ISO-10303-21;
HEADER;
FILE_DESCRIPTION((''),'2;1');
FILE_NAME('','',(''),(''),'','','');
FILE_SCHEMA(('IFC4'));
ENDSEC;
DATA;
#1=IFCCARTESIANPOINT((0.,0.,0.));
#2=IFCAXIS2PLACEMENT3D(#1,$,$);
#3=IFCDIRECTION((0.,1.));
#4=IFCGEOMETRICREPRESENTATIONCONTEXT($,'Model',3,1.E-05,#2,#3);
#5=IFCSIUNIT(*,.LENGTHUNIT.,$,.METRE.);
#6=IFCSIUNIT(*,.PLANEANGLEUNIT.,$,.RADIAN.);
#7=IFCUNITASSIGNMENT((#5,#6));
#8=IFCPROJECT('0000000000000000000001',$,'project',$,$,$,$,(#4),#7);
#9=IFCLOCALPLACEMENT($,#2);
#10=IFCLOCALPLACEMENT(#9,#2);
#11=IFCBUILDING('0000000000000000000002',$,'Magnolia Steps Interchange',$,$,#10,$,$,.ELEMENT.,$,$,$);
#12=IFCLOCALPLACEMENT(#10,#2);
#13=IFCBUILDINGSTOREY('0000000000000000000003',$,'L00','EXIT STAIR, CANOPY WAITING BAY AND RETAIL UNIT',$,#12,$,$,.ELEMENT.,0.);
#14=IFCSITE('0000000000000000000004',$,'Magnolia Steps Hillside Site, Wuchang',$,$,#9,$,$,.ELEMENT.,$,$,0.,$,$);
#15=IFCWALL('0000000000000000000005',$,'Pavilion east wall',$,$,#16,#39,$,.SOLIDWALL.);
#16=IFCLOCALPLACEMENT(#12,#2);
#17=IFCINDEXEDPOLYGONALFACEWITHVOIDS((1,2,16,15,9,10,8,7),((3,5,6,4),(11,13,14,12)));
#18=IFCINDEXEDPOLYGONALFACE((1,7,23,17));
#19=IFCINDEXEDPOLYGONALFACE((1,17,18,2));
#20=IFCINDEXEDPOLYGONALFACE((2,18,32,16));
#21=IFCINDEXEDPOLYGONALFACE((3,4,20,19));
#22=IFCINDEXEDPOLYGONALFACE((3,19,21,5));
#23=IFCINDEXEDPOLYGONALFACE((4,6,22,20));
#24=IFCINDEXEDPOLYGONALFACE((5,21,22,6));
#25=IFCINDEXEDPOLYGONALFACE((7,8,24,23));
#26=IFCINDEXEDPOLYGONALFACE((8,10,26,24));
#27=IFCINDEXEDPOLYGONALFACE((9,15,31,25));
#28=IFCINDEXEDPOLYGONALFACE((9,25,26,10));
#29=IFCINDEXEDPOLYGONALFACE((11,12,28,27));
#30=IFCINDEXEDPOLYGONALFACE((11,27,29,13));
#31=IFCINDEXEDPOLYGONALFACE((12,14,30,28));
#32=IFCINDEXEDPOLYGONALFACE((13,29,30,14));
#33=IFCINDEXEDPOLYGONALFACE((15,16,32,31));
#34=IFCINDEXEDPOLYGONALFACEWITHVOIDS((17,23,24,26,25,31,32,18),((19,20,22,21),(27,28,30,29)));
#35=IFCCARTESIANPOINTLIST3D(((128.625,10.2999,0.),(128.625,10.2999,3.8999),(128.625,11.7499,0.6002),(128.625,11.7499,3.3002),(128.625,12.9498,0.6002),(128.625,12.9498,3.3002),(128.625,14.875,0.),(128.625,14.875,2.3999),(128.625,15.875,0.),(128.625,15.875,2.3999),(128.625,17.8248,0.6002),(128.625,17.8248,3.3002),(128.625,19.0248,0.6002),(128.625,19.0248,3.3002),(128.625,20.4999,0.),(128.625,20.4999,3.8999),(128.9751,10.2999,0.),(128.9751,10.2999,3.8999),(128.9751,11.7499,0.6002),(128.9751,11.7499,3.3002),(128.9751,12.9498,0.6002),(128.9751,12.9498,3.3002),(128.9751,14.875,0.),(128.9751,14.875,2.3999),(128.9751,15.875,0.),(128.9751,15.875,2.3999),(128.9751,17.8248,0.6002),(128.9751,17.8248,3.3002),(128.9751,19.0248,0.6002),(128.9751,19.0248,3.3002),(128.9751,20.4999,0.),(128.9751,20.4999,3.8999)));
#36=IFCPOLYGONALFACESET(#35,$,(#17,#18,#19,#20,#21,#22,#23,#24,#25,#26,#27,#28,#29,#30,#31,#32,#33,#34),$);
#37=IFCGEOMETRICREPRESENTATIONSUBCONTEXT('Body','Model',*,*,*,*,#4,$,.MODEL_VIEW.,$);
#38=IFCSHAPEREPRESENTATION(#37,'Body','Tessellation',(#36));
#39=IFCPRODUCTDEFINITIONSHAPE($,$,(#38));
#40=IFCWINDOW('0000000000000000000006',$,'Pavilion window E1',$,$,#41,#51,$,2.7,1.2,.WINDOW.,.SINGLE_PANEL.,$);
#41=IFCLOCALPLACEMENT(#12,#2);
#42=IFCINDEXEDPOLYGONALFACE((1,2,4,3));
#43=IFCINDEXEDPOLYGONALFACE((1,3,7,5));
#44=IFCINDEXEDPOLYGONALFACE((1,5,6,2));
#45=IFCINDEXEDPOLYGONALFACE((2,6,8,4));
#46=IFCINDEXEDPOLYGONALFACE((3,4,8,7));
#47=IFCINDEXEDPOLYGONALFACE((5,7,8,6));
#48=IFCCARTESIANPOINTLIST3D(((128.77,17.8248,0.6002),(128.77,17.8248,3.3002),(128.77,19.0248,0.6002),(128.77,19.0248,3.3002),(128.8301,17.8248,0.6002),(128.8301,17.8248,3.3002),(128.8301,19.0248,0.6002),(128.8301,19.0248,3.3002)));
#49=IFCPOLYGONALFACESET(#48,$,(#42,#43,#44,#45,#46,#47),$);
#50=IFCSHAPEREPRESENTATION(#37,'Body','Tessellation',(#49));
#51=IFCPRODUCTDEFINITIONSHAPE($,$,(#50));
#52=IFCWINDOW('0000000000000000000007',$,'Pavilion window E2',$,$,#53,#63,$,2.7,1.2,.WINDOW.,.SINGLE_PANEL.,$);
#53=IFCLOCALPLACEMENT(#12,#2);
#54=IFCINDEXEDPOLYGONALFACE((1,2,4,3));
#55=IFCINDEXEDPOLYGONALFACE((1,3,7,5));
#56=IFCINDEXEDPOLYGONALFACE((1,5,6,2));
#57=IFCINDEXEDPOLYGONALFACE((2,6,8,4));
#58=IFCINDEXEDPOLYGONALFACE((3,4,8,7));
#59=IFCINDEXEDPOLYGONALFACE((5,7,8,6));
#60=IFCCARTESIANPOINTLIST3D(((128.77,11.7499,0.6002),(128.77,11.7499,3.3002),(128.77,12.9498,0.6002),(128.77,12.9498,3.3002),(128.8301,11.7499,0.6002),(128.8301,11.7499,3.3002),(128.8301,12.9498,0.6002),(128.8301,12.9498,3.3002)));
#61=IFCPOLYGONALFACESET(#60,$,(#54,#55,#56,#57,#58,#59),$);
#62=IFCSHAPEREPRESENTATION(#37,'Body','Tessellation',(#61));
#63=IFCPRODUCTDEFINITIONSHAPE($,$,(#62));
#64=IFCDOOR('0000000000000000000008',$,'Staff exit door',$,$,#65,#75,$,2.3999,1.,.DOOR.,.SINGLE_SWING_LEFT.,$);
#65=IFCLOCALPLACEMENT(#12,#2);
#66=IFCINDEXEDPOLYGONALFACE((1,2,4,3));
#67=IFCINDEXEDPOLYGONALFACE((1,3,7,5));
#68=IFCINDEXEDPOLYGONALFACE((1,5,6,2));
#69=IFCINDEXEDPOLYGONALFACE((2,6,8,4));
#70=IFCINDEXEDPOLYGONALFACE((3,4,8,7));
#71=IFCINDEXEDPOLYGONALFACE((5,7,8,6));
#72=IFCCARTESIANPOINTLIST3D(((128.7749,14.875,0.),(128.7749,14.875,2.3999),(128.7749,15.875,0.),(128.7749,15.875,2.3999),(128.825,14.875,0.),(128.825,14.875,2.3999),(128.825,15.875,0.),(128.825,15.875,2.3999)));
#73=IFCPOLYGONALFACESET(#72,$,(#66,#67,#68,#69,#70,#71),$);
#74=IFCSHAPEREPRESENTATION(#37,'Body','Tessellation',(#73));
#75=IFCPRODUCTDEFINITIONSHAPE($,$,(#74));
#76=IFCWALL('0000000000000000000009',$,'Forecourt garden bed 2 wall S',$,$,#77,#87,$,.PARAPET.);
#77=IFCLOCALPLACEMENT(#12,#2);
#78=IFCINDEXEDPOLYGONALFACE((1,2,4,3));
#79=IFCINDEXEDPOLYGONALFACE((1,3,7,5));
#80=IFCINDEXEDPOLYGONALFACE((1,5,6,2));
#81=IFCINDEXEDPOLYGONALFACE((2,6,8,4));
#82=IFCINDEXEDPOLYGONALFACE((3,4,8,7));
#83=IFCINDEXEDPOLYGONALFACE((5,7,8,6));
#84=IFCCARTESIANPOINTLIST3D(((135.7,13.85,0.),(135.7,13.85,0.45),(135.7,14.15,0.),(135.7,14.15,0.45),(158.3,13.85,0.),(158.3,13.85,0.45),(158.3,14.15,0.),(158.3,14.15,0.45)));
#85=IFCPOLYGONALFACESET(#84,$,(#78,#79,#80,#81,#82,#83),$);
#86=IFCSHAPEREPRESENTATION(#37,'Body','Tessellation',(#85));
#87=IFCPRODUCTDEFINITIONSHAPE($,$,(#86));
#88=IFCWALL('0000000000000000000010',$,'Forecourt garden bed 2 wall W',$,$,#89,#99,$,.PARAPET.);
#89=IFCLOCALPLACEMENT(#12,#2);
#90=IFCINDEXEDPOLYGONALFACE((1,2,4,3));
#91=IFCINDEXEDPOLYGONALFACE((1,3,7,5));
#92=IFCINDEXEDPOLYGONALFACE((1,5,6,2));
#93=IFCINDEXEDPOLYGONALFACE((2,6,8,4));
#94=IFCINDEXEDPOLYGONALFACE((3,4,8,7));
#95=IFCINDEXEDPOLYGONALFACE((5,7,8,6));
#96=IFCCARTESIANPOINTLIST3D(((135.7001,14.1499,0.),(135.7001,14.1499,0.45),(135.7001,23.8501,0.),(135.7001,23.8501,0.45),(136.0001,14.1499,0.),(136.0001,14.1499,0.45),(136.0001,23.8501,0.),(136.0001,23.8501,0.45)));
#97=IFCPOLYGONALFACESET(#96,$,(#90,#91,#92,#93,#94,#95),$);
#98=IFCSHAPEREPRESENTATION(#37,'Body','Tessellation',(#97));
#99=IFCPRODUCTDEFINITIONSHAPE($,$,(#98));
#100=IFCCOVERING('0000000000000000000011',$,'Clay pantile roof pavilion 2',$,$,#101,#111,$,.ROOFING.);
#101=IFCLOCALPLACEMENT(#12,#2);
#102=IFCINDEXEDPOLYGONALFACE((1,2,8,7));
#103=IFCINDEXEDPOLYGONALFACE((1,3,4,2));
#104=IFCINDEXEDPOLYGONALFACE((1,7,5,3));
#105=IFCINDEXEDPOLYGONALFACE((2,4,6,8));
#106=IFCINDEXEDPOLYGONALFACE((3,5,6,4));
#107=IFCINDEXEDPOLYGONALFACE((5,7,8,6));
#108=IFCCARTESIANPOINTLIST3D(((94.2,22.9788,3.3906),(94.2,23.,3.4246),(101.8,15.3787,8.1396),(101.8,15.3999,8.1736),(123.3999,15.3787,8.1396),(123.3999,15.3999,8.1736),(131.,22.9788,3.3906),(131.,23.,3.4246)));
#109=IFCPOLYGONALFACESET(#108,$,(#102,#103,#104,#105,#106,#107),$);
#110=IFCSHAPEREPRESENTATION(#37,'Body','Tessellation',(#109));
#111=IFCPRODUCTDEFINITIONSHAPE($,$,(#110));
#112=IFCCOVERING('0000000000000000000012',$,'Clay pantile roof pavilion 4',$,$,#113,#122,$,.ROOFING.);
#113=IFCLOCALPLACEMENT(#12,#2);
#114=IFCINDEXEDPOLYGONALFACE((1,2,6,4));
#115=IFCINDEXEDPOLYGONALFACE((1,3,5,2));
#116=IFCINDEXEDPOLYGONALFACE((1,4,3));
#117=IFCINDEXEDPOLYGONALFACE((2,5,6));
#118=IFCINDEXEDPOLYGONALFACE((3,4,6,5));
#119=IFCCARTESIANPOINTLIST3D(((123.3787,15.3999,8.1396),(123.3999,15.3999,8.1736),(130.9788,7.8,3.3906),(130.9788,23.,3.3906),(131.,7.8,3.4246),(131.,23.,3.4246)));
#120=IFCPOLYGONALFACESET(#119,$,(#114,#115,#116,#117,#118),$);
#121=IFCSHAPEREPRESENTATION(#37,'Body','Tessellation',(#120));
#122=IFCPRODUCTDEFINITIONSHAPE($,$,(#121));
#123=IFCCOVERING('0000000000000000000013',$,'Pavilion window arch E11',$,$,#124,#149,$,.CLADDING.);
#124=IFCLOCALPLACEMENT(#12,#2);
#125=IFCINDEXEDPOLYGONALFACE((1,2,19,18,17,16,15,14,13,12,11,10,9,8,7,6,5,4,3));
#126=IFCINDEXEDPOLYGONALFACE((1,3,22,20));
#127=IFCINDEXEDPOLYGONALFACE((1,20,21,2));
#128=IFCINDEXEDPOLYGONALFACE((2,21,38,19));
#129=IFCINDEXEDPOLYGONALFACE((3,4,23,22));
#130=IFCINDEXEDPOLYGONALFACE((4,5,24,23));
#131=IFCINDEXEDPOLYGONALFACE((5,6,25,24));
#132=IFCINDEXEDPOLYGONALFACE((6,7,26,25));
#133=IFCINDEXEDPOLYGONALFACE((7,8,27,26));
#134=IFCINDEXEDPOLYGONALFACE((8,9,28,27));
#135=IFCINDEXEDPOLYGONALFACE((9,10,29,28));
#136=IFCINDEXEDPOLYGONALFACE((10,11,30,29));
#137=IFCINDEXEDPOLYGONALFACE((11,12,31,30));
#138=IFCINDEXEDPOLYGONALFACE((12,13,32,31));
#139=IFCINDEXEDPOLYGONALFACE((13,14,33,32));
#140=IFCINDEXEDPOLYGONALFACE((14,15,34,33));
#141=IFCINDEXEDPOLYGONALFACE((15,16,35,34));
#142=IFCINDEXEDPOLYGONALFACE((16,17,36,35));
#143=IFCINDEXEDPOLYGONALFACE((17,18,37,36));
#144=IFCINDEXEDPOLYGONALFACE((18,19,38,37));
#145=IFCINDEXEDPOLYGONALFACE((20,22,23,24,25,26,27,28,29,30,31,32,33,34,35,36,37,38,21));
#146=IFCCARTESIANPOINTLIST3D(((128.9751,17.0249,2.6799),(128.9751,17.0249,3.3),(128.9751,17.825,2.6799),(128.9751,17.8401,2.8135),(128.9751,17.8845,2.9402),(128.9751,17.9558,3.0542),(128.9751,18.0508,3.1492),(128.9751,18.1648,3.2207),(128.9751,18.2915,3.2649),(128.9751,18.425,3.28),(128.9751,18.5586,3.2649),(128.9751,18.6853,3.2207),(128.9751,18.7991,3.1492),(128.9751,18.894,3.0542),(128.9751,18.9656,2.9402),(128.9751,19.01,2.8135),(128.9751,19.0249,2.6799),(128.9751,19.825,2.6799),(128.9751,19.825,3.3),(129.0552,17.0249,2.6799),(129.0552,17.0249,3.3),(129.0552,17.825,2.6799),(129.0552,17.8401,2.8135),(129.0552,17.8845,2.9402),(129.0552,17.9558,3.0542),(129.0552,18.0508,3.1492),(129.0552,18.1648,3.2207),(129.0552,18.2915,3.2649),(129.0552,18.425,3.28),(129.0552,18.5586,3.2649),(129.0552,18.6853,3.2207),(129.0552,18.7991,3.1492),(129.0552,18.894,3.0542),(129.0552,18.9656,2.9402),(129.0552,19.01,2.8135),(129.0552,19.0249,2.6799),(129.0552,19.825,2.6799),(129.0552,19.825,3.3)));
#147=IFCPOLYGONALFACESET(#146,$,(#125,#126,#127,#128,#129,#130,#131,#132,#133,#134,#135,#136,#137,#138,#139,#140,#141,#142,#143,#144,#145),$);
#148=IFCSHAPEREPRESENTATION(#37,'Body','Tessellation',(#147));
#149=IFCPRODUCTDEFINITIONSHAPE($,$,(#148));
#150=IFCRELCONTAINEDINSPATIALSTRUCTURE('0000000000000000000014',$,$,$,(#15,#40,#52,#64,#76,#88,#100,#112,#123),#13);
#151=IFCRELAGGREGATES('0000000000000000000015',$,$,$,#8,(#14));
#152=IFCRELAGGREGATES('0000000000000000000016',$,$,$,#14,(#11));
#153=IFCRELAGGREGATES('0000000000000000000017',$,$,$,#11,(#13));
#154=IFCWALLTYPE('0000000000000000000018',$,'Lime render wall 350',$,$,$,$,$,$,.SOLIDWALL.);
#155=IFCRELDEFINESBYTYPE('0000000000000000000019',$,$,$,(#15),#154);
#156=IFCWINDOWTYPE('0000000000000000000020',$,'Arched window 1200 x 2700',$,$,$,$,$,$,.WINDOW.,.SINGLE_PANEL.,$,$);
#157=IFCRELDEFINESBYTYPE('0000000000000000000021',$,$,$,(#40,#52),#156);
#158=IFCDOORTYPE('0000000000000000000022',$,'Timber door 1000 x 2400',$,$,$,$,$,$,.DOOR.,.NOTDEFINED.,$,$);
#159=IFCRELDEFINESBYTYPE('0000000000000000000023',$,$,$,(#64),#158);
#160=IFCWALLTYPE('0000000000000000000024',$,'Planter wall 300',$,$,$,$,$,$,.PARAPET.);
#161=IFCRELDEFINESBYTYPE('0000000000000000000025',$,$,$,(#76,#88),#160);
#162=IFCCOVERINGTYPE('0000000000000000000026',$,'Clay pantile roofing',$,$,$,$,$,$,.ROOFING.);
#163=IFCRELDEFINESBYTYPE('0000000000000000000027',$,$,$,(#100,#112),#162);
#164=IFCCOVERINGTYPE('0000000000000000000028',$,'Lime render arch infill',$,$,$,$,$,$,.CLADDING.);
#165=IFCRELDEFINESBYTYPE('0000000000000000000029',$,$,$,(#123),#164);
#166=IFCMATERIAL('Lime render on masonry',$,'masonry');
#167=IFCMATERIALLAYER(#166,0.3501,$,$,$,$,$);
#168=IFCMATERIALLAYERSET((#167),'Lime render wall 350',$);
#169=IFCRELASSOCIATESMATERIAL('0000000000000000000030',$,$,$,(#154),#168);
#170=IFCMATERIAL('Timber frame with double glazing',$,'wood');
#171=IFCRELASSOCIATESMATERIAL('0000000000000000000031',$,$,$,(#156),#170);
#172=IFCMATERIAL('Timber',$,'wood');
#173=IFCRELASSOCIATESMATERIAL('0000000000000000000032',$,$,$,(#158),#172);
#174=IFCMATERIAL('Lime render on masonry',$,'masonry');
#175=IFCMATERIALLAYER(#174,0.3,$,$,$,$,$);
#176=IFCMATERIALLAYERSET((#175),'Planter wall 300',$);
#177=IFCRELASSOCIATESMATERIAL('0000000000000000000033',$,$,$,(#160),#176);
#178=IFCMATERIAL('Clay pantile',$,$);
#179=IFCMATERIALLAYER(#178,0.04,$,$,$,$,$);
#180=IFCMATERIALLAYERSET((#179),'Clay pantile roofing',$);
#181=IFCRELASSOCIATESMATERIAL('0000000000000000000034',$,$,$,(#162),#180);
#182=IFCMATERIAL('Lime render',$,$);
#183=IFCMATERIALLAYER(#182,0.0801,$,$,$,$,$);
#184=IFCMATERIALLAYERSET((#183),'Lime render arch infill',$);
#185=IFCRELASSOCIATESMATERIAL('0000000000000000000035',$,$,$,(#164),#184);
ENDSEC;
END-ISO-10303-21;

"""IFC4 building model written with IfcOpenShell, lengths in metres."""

from ifc_helpers import new_model, si_unit, direction, frame, frame_2d, origin, place, context, subcontext, project, spatial, polyline, rectangle, outline, extrude, material, layer, layer_set, type_object, element, fill, save


model = new_model("IFC4")

# Units and contexts
model_context = context("Model", 3, precision=1e-05, world=origin(), true_north=direction((0.0, 1.0)))
body_context = subcontext(model_context, "Body", "Model", "MODEL_VIEW")
ifc_project = project(units=[si_unit("LENGTHUNIT", "METRE"), si_unit("PLANEANGLEUNIT", "RADIAN")], contexts=[model_context])

# Site, building, storey
site_placement = place(None, origin())
site = spatial("IfcSite", under=ifc_project, at=site_placement, Name="Magnolia Steps Hillside Site, Wuchang", CompositionType="ELEMENT", RefElevation=0.0)
building_placement = place(site_placement, origin())
building = spatial("IfcBuilding", under=site, at=building_placement, Name="Magnolia Steps Interchange", CompositionType="ELEMENT")
storey_placement = place(building_placement, origin())
storey = spatial("IfcBuildingStorey", under=building, at=storey_placement, Name="L00", Description="EXIT STAIR, CANOPY WAITING BAY AND RETAIL UNIT", CompositionType="ELEMENT", Elevation=0.0)

# Wall, openings, windows, door
ifc_material_1 = material(Name="Lime render on masonry", Category="masonry")
ifc_layer_1 = layer(ifc_material_1, 0.3501)
ifc_layer_set_1 = layer_set([ifc_layer_1], Name="Lime render wall 350")
wall_type_1 = type_object("IfcWallType", Name="Lime render wall 350", PredefinedType="SOLIDWALL", material=ifc_layer_set_1)
wall_1_placement = place(storey_placement, frame((128.8, 20.5, 0.0), z_axis=(0.0, 0.0, 1.0), x_axis=(0.0, -1.0, 0.0)))
wall_1 = element("IfcWall", 1, at=wall_1_placement, inside=storey, type_object=wall_type_1, Name="Pavilion east wall", PredefinedType="SOLIDWALL", context=body_context, shape_type="SweptSolid", body=[
    extrude(rectangle(XDim=10.2, YDim=0.3501, at=frame_2d((5.1001, 0.0))), origin(), (0.0, 0.0, 1.0), 3.8999),
])
opening_1_placement = place(wall_1_placement, frame((1.4751, 0.0, 0.6001)))
opening_1 = element("IfcOpeningElement", 2, at=opening_1_placement, cuts=wall_1, PredefinedType="OPENING", context=body_context, shape_type="SweptSolid", body=[
    extrude(rectangle(XDim=1.2, YDim=2.7, at=frame_2d((0.6001, 1.3501))), frame((0.0, 0.1851, 0.0), z_axis=(0.0, -1.0, 0.0), x_axis=(1.0, 0.0, 0.0)), (0.0, 0.0, 1.0), 0.3701),
])
opening_2_placement = place(wall_1_placement, frame((4.625, 0.0, 0.0)))
opening_2 = element("IfcOpeningElement", 3, at=opening_2_placement, cuts=wall_1, PredefinedType="OPENING", context=body_context, shape_type="SweptSolid", body=[
    extrude(rectangle(XDim=1.0, YDim=2.3999, at=frame_2d((0.5, 1.2))), frame((0.0, 0.1851, 0.0), z_axis=(0.0, -1.0, 0.0), x_axis=(1.0, 0.0, 0.0)), (0.0, 0.0, 1.0), 0.3701),
])
opening_3_placement = place(wall_1_placement, frame((7.55, 0.0, 0.6001)))
opening_3 = element("IfcOpeningElement", 4, at=opening_3_placement, cuts=wall_1, PredefinedType="OPENING", context=body_context, shape_type="SweptSolid", body=[
    extrude(rectangle(XDim=1.2, YDim=2.7, at=frame_2d((0.6001, 1.3501))), frame((0.0, 0.1851, 0.0), z_axis=(0.0, -1.0, 0.0), x_axis=(1.0, 0.0, 0.0)), (0.0, 0.0, 1.0), 0.3701),
])
ifc_material_2 = material(Name="Timber frame with double glazing", Category="wood")
window_type = type_object("IfcWindowType", Name="Arched window 1200 x 2700", PartitioningType="SINGLE_PANEL", PredefinedType="WINDOW", material=ifc_material_2)
window_1_placement = place(opening_1_placement, origin())
window_1 = element("IfcWindow", 5, at=window_1_placement, inside=storey, type_object=window_type, Name="Pavilion window E1", OverallHeight=2.7, OverallWidth=1.2, PartitioningType="SINGLE_PANEL", PredefinedType="WINDOW", context=body_context, shape_type="SweptSolid", body=[
    extrude(rectangle(XDim=1.2, YDim=2.7, at=frame_2d((0.6001, 1.3501))), frame((0.0, 0.03, 0.0), z_axis=(0.0, -1.0, 0.0), x_axis=(1.0, 0.0, 0.0)), (0.0, 0.0, 1.0), 0.0601),
])
fill(opening_1, window_1)
window_2_placement = place(opening_3_placement, origin())
window_2 = element("IfcWindow", 6, at=window_2_placement, inside=storey, type_object=window_type, Name="Pavilion window E2", OverallHeight=2.7, OverallWidth=1.2, PartitioningType="SINGLE_PANEL", PredefinedType="WINDOW", context=body_context, shape_type="SweptSolid", body=[
    extrude(rectangle(XDim=1.2, YDim=2.7, at=frame_2d((0.6001, 1.3501))), frame((0.0, 0.03, 0.0), z_axis=(0.0, -1.0, 0.0), x_axis=(1.0, 0.0, 0.0)), (0.0, 0.0, 1.0), 0.0601),
])
fill(opening_3, window_2)
ifc_material_3 = material(Name="Timber", Category="wood")
door_type_1 = type_object("IfcDoorType", Name="Timber door 1000 x 2400", OperationType="NOTDEFINED", PredefinedType="DOOR", material=ifc_material_3)
door_1_placement = place(opening_2_placement, origin())
door_1 = element("IfcDoor", 7, at=door_1_placement, inside=storey, type_object=door_type_1, Name="Staff exit door", OperationType="SINGLE_SWING_LEFT", OverallHeight=2.3999, OverallWidth=1.0, PredefinedType="DOOR", context=body_context, shape_type="SweptSolid", body=[
    extrude(rectangle(XDim=1.0, YDim=2.3999, at=frame_2d((0.5, 1.2))), frame((0.0, 0.0249, 0.0), z_axis=(0.0, -1.0, 0.0), x_axis=(1.0, 0.0, 0.0)), (0.0, 0.0, 1.0), 0.05),
])
fill(opening_2, door_1)

# Walls
ifc_material_4 = material(Name="Lime render on masonry", Category="masonry")
ifc_layer_2 = layer(ifc_material_4, 0.3)
ifc_layer_set_2 = layer_set([ifc_layer_2], Name="Planter wall 300")
wall_type_2 = type_object("IfcWallType", Name="Planter wall 300", PredefinedType="PARAPET", material=ifc_layer_set_2)
wall_2_placement = place(storey_placement, frame((135.7, 14.0, 0.0), z_axis=(0.0, 0.0, 1.0), x_axis=(1.0, 0.0, 0.0)))
element("IfcWall", 8, at=wall_2_placement, inside=storey, type_object=wall_type_2, Name="Forecourt garden bed 2 wall S", PredefinedType="PARAPET", context=body_context, shape_type="SweptSolid", body=[
    extrude(rectangle(XDim=22.6001, YDim=0.3, at=frame_2d((11.3, 0.0))), origin(), (0.0, 0.0, 1.0), 0.45),
])
wall_3_placement = place(storey_placement, frame((135.8501, 23.8501, 0.0), z_axis=(0.0, 0.0, 1.0), x_axis=(0.0, -1.0, 0.0)))
element("IfcWall", 9, at=wall_3_placement, inside=storey, type_object=wall_type_2, Name="Forecourt garden bed 2 wall W", PredefinedType="PARAPET", context=body_context, shape_type="SweptSolid", body=[
    extrude(rectangle(XDim=9.7002, YDim=0.3, at=frame_2d((4.8501, 0.0))), origin(), (0.0, 0.0, 1.0), 0.45),
])

# Coverings
ifc_material_5 = material(Name="Clay pantile")
ifc_layer_3 = layer(ifc_material_5, 0.04)
ifc_layer_set_3 = layer_set([ifc_layer_3], Name="Clay pantile roofing")
covering_type_1 = type_object("IfcCoveringType", Name="Clay pantile roofing", PredefinedType="ROOFING", material=ifc_layer_set_3)
covering_1_placement = place(storey_placement, frame((131.0, 23.0, 3.4246), z_axis=(0.0, 0.529916, 0.84805), x_axis=(-1.0, 0.0, 0.0)))
element("IfcCovering", 10, at=covering_1_placement, inside=storey, type_object=covering_type_1, Name="Clay pantile roof pavilion 2", PredefinedType="ROOFING", context=body_context, shape_type="SweptSolid", body=[
    extrude(outline(polyline([(0.0, 0.0), (36.8, 0.0), (29.2, 8.9618), (7.6001, 8.9618), (0.0, 0.0)])), origin(), (0.0, 0.0, -1.0), 0.04),
])
covering_2_placement = place(storey_placement, frame((131.0, 7.8, 3.4246), z_axis=(0.529916, 0.0, 0.84805), x_axis=(0.0, 1.0, 0.0)))
element("IfcCovering", 11, at=covering_2_placement, inside=storey, type_object=covering_type_1, Name="Clay pantile roof pavilion 4", PredefinedType="ROOFING", context=body_context, shape_type="SweptSolid", body=[
    extrude(outline(polyline([(0.0, 0.0), (15.2, 0.0), (7.5999, 8.9618), (0.0, 0.0)])), origin(), (0.0, 0.0, -1.0), 0.04),
])
ifc_material_6 = material(Name="Lime render")
ifc_layer_4 = layer(ifc_material_6, 0.0801)
ifc_layer_set_4 = layer_set([ifc_layer_4], Name="Lime render arch infill")
covering_type_2 = type_object("IfcCoveringType", Name="Lime render arch infill", PredefinedType="CLADDING", material=ifc_layer_set_4)
covering_3_placement = place(storey_placement, frame((128.9751, 17.0249, 2.6799), z_axis=(-1.0, 0.0, 0.0), x_axis=(0.0, 0.0, 1.0)))
element("IfcCovering", 12, at=covering_3_placement, inside=storey, type_object=covering_type_2, Name="Pavilion window arch E11", PredefinedType="CLADDING", context=body_context, shape_type="SweptSolid", body=[
    extrude(outline(polyline([(0.0, 0.0), (0.6201, 0.0), (0.6201, 2.8), (0.0, 2.8), (0.0, 2.0), (0.1335, 1.9851), (0.2603, 1.9407), (0.3743, 1.8691), (0.4692, 1.7742), (0.5408, 1.6604), (0.585, 1.5337), (0.6001, 1.4001), (0.585, 1.2666), (0.5408, 1.1399), (0.4692, 1.0259), (0.3743, 0.9309), (0.2603, 0.8596), (0.1335, 0.8152), (0.0, 0.8), (0.0, 0.0)])), origin(), (0.0, 0.0, -1.0), 0.0801),
])

save(model, "model.ifc")
